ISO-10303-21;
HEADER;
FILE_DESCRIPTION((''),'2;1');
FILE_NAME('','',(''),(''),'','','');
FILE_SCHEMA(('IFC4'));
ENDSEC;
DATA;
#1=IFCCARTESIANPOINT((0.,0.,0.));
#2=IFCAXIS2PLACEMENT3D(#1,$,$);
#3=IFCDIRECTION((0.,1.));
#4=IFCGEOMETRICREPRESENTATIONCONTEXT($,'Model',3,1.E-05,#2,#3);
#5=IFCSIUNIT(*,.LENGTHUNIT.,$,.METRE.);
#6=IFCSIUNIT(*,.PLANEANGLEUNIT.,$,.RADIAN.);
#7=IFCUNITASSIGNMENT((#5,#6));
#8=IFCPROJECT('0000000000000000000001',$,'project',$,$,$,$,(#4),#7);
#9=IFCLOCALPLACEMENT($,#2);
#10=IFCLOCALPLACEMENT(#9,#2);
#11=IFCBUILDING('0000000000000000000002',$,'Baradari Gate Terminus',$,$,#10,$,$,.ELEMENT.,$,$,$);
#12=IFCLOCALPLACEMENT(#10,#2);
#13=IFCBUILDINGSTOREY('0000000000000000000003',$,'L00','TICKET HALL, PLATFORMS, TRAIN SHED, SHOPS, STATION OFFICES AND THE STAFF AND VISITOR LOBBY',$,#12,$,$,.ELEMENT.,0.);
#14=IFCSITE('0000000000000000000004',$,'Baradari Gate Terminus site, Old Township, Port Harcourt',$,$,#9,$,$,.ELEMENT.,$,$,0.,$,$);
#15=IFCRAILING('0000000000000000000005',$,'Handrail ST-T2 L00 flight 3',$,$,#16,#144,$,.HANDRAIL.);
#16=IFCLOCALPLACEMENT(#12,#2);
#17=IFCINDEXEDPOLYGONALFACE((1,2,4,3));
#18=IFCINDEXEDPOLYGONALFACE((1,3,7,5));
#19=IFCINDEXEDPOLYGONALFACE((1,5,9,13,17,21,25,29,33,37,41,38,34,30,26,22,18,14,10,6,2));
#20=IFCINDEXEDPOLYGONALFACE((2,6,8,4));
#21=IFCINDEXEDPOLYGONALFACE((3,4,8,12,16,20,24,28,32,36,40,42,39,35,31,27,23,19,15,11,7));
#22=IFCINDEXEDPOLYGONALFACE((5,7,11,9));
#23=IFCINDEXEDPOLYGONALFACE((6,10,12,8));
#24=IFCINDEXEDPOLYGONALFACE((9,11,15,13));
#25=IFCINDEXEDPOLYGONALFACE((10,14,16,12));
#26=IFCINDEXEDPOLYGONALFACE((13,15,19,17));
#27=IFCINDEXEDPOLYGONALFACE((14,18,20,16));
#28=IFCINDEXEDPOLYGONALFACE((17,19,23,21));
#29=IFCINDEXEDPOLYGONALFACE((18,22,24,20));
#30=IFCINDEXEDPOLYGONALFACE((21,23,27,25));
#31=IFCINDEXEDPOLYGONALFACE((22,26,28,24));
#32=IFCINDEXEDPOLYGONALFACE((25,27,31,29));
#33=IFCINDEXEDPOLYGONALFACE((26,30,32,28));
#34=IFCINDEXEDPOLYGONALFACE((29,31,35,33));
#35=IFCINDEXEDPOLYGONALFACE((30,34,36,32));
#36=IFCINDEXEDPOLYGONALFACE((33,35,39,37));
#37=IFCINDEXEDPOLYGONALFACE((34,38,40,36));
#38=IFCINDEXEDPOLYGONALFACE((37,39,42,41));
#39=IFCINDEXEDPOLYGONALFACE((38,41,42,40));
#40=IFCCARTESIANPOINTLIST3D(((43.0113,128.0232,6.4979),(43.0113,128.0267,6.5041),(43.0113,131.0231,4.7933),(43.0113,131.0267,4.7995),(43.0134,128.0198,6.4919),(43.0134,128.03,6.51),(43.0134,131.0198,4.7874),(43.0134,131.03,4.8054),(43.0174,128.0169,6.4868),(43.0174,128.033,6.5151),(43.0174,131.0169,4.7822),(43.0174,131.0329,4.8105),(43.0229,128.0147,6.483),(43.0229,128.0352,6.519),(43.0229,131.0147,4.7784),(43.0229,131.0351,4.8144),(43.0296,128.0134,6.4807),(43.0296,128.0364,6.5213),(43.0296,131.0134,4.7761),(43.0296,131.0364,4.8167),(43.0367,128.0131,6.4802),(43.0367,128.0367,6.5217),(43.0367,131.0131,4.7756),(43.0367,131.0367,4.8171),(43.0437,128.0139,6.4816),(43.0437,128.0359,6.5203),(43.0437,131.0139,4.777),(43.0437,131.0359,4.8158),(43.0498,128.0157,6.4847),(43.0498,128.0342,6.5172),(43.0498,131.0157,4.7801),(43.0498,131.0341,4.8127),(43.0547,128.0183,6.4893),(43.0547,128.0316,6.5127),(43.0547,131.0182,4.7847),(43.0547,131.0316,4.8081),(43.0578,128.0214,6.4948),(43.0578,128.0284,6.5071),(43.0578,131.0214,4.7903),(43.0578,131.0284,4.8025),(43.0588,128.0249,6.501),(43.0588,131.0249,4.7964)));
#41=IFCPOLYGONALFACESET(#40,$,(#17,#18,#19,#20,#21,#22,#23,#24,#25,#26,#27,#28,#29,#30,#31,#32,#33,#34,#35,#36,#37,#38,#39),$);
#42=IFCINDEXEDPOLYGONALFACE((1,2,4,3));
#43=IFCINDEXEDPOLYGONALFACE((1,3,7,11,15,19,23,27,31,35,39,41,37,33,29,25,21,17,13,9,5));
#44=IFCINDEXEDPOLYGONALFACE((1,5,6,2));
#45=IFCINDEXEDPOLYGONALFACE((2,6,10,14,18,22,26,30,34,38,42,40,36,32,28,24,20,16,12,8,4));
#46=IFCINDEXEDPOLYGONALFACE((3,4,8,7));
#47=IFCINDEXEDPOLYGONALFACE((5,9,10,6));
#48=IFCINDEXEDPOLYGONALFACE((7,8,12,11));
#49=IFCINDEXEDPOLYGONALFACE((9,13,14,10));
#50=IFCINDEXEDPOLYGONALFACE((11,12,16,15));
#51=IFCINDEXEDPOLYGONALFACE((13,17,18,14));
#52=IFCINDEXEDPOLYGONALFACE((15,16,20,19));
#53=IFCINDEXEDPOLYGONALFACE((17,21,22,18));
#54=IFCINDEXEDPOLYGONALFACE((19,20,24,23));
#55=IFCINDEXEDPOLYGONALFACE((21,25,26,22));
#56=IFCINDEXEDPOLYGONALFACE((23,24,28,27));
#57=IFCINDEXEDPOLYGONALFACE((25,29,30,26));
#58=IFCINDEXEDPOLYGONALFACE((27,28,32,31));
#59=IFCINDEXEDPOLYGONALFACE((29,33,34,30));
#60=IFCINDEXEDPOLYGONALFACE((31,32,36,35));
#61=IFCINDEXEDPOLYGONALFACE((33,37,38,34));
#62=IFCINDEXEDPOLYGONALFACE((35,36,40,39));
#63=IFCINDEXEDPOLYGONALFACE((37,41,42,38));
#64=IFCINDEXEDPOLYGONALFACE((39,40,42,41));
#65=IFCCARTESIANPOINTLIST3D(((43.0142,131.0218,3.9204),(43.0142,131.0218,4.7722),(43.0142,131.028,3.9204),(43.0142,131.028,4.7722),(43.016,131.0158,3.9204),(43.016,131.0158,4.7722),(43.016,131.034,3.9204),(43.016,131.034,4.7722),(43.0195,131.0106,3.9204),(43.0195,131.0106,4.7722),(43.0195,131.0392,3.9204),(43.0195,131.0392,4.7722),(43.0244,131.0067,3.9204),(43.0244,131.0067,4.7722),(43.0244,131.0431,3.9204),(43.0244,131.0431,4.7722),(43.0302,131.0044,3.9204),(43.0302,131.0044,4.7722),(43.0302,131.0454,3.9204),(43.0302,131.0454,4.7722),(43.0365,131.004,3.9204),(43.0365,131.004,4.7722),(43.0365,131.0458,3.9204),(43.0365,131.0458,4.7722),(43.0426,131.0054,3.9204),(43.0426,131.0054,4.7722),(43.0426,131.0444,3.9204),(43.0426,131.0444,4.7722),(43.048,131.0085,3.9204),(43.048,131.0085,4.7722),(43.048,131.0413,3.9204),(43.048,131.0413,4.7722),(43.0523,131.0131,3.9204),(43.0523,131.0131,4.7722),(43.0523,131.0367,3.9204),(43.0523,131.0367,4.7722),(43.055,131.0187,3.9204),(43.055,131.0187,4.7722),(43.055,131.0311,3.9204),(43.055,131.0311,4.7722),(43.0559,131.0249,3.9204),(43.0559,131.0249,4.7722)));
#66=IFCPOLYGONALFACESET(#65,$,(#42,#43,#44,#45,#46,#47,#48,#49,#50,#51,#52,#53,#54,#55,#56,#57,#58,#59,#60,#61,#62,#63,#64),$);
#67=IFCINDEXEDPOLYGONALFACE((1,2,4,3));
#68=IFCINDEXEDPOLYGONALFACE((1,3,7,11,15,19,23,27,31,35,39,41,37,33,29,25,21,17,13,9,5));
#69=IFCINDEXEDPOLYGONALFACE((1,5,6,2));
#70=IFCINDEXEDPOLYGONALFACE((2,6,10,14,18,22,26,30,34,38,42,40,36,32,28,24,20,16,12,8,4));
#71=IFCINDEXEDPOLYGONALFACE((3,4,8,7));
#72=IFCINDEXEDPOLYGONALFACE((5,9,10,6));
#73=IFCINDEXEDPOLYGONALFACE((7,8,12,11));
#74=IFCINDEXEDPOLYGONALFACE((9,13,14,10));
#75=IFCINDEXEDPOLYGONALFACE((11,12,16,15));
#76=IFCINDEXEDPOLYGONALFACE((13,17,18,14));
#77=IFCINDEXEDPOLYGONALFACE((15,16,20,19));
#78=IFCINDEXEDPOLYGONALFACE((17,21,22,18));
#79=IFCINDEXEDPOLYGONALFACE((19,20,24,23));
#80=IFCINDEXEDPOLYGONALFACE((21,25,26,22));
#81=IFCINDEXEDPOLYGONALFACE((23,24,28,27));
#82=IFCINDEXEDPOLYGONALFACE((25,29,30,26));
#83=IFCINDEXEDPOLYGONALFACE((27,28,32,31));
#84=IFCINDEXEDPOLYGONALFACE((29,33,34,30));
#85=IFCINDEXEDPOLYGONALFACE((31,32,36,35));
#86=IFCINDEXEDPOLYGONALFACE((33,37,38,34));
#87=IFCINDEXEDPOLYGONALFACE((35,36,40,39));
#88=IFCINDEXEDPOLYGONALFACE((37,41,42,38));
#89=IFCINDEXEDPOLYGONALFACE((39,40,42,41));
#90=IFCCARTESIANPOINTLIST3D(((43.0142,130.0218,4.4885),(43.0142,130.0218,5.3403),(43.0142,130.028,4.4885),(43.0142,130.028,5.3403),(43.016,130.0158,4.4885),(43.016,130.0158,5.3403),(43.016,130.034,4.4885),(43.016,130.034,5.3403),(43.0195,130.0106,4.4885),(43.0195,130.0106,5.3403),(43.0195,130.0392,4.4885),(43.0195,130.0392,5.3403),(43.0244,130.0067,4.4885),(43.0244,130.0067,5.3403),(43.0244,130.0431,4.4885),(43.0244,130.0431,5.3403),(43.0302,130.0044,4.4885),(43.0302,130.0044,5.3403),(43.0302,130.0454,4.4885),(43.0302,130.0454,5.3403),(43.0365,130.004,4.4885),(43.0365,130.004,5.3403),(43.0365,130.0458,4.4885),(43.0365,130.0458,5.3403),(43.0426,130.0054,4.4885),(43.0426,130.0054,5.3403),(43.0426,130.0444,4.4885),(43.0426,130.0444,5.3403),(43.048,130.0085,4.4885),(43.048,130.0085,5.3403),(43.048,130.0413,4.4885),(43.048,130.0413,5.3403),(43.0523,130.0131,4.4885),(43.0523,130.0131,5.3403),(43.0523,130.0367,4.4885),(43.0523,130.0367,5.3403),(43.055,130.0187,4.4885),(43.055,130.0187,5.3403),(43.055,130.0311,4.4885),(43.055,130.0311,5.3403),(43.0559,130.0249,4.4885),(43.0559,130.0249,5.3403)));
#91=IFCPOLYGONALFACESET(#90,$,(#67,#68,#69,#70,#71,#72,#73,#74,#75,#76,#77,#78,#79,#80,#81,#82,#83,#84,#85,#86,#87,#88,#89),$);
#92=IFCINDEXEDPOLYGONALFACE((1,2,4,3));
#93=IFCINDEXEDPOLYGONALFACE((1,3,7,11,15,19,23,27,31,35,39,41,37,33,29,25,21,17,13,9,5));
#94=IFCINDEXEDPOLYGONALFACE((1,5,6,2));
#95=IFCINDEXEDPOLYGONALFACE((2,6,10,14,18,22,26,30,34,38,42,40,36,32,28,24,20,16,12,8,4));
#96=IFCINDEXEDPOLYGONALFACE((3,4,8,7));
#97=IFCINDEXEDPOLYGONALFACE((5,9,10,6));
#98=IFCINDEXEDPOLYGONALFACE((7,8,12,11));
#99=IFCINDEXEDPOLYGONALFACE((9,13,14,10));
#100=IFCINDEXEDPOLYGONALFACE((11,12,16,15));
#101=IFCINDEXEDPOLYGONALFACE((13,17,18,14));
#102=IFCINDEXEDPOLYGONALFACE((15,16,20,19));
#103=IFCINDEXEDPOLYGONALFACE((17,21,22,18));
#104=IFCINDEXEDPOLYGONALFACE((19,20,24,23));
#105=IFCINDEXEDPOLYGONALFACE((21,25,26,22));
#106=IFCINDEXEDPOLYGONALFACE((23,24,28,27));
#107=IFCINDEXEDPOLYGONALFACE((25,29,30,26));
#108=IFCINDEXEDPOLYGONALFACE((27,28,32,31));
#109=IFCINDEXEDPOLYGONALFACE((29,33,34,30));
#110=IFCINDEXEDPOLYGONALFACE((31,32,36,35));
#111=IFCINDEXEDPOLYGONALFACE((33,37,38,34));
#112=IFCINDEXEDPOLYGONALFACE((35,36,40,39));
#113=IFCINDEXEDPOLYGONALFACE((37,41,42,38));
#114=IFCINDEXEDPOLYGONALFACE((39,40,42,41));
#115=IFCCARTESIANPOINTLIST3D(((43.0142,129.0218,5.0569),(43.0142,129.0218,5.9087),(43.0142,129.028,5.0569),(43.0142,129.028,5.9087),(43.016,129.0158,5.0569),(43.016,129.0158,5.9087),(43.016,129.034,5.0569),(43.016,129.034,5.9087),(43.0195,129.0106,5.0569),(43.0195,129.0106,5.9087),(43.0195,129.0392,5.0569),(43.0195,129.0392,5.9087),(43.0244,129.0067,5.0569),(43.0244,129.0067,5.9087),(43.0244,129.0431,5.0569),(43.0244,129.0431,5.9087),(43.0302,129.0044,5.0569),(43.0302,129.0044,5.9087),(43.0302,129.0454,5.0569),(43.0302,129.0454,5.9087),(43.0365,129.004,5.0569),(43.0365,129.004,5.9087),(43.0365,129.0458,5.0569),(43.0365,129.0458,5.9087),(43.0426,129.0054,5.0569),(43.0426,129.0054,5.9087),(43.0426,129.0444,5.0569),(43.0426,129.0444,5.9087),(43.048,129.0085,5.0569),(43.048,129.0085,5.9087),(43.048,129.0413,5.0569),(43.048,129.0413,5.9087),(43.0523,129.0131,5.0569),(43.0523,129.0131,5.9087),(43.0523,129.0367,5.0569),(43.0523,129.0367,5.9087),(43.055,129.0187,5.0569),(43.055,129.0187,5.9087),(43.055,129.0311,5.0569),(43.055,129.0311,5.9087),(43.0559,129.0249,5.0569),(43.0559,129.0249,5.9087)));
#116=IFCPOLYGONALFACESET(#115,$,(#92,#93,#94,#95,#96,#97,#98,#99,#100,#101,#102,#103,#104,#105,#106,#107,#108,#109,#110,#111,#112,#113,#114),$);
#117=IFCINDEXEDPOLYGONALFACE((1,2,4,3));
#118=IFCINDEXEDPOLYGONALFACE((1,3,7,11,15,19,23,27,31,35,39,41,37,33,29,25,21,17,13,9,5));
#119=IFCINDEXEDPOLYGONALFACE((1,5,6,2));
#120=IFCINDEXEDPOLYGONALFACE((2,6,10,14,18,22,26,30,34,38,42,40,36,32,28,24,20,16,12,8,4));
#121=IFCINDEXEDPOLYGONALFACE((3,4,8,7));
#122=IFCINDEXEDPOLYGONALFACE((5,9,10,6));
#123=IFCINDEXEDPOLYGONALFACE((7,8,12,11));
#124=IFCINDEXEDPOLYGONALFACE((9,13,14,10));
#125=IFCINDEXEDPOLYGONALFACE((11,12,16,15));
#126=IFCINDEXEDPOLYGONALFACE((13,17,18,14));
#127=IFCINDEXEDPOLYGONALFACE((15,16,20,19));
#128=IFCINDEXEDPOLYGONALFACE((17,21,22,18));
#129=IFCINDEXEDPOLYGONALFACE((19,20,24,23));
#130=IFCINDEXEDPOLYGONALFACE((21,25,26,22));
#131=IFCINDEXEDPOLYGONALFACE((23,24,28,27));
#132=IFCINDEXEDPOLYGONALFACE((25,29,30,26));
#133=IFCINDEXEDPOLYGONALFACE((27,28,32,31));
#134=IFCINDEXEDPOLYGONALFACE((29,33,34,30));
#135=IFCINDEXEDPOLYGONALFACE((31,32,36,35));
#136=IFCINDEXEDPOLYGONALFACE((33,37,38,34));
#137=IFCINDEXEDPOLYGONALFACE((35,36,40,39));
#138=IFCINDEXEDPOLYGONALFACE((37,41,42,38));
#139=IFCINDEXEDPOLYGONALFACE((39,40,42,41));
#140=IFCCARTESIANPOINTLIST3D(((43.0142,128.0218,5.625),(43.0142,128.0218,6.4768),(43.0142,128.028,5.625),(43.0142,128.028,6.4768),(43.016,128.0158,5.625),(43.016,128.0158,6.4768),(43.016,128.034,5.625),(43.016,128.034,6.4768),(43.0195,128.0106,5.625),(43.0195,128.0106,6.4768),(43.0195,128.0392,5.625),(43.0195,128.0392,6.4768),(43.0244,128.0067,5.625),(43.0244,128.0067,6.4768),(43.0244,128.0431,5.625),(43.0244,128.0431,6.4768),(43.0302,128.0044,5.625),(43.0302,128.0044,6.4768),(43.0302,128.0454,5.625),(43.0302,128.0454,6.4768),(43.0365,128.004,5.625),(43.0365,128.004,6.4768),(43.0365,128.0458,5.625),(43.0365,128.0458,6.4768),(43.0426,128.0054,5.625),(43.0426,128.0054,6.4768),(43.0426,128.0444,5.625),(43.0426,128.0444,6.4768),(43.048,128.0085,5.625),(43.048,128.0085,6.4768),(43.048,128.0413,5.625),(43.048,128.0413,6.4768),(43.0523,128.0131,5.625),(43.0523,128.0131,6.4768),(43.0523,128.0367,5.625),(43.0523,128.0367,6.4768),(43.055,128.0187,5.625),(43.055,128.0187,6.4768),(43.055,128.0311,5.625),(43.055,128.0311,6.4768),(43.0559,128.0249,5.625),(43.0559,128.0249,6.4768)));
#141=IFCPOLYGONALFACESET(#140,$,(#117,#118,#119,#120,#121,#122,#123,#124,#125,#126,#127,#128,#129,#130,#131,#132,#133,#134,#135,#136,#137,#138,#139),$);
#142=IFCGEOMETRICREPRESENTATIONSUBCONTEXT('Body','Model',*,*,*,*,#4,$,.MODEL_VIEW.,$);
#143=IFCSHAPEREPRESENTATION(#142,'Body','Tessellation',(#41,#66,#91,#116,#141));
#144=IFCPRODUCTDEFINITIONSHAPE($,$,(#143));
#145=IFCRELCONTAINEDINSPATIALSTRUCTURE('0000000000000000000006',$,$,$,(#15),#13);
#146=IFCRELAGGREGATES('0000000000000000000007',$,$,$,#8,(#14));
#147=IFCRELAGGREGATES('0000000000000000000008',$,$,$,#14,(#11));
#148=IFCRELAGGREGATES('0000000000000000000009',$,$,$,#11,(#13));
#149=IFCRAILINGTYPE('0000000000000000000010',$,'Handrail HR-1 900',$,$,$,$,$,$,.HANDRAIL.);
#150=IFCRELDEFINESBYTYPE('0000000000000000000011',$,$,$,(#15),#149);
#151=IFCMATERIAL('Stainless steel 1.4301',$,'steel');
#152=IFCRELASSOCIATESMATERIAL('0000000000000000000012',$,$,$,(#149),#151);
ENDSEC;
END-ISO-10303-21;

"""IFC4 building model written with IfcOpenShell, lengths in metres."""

from ifc_helpers import new_model, si_unit, direction, frame, origin, origin_2d, place, context, subcontext, project, spatial, circle, extrude, material, type_object, element, save


model = new_model("IFC4")

# Units and contexts
model_context = context("Model", 3, precision=1e-05, world=origin(), true_north=direction((0.0, 1.0)))
body_context = subcontext(model_context, "Body", "Model", "MODEL_VIEW")
ifc_project = project(units=[si_unit("LENGTHUNIT", "METRE"), si_unit("PLANEANGLEUNIT", "RADIAN")], contexts=[model_context])

# Site, building, storey
site_placement = place(None, origin())
site = spatial("IfcSite", under=ifc_project, at=site_placement, Name="Baradari Gate Terminus site, Old Township, Port Harcourt", CompositionType="ELEMENT", RefElevation=0.0)
building_placement = place(site_placement, origin())
building = spatial("IfcBuilding", under=site, at=building_placement, Name="Baradari Gate Terminus", CompositionType="ELEMENT")
storey_placement = place(building_placement, origin())
storey = spatial("IfcBuildingStorey", under=building, at=storey_placement, Name="L00", Description="TICKET HALL, PLATFORMS, TRAIN SHED, SHOPS, STATION OFFICES AND THE STAFF AND VISITOR LOBBY", CompositionType="ELEMENT", Elevation=0.0)

# Railing
ifc_material_1 = material(Name="Stainless steel 1.4301", Category="steel")
railing_type_1 = type_object("IfcRailingType", Name="Handrail HR-1 900", PredefinedType="HANDRAIL", material=ifc_material_1)
for number, where, name in (
    (1, (43.0349, 131.0249, 3.9204), "Handrail ST-T2 L00 flight 3"),
):
    element("IfcRailing", number, at=place(storey_placement, frame(where)), inside=storey, type_object=railing_type_1, Name=name, PredefinedType="HANDRAIL", context=body_context, shape_type="SweptSolid", body=[
        extrude(circle(Radius=0.0239, at=origin_2d()), frame((0.0, 0.0, 0.876), z_axis=(0.0, -0.869451, 0.494019), x_axis=(1.0, 0.0, 0.0)), (0.0, 0.0, 1.0), 3.4504),
        extrude(circle(Radius=0.021, at=origin_2d()), origin(), (0.0, 0.0, 1.0), 0.8518),
        extrude(circle(Radius=0.021, at=origin_2d()), frame((0.0, -1.0, 0.5681)), (0.0, 0.0, 1.0), 0.8518),
        extrude(circle(Radius=0.021, at=origin_2d()), frame((0.0, -2.0, 1.1365)), (0.0, 0.0, 1.0), 0.8518),
        extrude(circle(Radius=0.021, at=origin_2d()), frame((0.0, -3.0, 1.7046)), (0.0, 0.0, 1.0), 0.8518),
    ])

save(model, "model.ifc")
